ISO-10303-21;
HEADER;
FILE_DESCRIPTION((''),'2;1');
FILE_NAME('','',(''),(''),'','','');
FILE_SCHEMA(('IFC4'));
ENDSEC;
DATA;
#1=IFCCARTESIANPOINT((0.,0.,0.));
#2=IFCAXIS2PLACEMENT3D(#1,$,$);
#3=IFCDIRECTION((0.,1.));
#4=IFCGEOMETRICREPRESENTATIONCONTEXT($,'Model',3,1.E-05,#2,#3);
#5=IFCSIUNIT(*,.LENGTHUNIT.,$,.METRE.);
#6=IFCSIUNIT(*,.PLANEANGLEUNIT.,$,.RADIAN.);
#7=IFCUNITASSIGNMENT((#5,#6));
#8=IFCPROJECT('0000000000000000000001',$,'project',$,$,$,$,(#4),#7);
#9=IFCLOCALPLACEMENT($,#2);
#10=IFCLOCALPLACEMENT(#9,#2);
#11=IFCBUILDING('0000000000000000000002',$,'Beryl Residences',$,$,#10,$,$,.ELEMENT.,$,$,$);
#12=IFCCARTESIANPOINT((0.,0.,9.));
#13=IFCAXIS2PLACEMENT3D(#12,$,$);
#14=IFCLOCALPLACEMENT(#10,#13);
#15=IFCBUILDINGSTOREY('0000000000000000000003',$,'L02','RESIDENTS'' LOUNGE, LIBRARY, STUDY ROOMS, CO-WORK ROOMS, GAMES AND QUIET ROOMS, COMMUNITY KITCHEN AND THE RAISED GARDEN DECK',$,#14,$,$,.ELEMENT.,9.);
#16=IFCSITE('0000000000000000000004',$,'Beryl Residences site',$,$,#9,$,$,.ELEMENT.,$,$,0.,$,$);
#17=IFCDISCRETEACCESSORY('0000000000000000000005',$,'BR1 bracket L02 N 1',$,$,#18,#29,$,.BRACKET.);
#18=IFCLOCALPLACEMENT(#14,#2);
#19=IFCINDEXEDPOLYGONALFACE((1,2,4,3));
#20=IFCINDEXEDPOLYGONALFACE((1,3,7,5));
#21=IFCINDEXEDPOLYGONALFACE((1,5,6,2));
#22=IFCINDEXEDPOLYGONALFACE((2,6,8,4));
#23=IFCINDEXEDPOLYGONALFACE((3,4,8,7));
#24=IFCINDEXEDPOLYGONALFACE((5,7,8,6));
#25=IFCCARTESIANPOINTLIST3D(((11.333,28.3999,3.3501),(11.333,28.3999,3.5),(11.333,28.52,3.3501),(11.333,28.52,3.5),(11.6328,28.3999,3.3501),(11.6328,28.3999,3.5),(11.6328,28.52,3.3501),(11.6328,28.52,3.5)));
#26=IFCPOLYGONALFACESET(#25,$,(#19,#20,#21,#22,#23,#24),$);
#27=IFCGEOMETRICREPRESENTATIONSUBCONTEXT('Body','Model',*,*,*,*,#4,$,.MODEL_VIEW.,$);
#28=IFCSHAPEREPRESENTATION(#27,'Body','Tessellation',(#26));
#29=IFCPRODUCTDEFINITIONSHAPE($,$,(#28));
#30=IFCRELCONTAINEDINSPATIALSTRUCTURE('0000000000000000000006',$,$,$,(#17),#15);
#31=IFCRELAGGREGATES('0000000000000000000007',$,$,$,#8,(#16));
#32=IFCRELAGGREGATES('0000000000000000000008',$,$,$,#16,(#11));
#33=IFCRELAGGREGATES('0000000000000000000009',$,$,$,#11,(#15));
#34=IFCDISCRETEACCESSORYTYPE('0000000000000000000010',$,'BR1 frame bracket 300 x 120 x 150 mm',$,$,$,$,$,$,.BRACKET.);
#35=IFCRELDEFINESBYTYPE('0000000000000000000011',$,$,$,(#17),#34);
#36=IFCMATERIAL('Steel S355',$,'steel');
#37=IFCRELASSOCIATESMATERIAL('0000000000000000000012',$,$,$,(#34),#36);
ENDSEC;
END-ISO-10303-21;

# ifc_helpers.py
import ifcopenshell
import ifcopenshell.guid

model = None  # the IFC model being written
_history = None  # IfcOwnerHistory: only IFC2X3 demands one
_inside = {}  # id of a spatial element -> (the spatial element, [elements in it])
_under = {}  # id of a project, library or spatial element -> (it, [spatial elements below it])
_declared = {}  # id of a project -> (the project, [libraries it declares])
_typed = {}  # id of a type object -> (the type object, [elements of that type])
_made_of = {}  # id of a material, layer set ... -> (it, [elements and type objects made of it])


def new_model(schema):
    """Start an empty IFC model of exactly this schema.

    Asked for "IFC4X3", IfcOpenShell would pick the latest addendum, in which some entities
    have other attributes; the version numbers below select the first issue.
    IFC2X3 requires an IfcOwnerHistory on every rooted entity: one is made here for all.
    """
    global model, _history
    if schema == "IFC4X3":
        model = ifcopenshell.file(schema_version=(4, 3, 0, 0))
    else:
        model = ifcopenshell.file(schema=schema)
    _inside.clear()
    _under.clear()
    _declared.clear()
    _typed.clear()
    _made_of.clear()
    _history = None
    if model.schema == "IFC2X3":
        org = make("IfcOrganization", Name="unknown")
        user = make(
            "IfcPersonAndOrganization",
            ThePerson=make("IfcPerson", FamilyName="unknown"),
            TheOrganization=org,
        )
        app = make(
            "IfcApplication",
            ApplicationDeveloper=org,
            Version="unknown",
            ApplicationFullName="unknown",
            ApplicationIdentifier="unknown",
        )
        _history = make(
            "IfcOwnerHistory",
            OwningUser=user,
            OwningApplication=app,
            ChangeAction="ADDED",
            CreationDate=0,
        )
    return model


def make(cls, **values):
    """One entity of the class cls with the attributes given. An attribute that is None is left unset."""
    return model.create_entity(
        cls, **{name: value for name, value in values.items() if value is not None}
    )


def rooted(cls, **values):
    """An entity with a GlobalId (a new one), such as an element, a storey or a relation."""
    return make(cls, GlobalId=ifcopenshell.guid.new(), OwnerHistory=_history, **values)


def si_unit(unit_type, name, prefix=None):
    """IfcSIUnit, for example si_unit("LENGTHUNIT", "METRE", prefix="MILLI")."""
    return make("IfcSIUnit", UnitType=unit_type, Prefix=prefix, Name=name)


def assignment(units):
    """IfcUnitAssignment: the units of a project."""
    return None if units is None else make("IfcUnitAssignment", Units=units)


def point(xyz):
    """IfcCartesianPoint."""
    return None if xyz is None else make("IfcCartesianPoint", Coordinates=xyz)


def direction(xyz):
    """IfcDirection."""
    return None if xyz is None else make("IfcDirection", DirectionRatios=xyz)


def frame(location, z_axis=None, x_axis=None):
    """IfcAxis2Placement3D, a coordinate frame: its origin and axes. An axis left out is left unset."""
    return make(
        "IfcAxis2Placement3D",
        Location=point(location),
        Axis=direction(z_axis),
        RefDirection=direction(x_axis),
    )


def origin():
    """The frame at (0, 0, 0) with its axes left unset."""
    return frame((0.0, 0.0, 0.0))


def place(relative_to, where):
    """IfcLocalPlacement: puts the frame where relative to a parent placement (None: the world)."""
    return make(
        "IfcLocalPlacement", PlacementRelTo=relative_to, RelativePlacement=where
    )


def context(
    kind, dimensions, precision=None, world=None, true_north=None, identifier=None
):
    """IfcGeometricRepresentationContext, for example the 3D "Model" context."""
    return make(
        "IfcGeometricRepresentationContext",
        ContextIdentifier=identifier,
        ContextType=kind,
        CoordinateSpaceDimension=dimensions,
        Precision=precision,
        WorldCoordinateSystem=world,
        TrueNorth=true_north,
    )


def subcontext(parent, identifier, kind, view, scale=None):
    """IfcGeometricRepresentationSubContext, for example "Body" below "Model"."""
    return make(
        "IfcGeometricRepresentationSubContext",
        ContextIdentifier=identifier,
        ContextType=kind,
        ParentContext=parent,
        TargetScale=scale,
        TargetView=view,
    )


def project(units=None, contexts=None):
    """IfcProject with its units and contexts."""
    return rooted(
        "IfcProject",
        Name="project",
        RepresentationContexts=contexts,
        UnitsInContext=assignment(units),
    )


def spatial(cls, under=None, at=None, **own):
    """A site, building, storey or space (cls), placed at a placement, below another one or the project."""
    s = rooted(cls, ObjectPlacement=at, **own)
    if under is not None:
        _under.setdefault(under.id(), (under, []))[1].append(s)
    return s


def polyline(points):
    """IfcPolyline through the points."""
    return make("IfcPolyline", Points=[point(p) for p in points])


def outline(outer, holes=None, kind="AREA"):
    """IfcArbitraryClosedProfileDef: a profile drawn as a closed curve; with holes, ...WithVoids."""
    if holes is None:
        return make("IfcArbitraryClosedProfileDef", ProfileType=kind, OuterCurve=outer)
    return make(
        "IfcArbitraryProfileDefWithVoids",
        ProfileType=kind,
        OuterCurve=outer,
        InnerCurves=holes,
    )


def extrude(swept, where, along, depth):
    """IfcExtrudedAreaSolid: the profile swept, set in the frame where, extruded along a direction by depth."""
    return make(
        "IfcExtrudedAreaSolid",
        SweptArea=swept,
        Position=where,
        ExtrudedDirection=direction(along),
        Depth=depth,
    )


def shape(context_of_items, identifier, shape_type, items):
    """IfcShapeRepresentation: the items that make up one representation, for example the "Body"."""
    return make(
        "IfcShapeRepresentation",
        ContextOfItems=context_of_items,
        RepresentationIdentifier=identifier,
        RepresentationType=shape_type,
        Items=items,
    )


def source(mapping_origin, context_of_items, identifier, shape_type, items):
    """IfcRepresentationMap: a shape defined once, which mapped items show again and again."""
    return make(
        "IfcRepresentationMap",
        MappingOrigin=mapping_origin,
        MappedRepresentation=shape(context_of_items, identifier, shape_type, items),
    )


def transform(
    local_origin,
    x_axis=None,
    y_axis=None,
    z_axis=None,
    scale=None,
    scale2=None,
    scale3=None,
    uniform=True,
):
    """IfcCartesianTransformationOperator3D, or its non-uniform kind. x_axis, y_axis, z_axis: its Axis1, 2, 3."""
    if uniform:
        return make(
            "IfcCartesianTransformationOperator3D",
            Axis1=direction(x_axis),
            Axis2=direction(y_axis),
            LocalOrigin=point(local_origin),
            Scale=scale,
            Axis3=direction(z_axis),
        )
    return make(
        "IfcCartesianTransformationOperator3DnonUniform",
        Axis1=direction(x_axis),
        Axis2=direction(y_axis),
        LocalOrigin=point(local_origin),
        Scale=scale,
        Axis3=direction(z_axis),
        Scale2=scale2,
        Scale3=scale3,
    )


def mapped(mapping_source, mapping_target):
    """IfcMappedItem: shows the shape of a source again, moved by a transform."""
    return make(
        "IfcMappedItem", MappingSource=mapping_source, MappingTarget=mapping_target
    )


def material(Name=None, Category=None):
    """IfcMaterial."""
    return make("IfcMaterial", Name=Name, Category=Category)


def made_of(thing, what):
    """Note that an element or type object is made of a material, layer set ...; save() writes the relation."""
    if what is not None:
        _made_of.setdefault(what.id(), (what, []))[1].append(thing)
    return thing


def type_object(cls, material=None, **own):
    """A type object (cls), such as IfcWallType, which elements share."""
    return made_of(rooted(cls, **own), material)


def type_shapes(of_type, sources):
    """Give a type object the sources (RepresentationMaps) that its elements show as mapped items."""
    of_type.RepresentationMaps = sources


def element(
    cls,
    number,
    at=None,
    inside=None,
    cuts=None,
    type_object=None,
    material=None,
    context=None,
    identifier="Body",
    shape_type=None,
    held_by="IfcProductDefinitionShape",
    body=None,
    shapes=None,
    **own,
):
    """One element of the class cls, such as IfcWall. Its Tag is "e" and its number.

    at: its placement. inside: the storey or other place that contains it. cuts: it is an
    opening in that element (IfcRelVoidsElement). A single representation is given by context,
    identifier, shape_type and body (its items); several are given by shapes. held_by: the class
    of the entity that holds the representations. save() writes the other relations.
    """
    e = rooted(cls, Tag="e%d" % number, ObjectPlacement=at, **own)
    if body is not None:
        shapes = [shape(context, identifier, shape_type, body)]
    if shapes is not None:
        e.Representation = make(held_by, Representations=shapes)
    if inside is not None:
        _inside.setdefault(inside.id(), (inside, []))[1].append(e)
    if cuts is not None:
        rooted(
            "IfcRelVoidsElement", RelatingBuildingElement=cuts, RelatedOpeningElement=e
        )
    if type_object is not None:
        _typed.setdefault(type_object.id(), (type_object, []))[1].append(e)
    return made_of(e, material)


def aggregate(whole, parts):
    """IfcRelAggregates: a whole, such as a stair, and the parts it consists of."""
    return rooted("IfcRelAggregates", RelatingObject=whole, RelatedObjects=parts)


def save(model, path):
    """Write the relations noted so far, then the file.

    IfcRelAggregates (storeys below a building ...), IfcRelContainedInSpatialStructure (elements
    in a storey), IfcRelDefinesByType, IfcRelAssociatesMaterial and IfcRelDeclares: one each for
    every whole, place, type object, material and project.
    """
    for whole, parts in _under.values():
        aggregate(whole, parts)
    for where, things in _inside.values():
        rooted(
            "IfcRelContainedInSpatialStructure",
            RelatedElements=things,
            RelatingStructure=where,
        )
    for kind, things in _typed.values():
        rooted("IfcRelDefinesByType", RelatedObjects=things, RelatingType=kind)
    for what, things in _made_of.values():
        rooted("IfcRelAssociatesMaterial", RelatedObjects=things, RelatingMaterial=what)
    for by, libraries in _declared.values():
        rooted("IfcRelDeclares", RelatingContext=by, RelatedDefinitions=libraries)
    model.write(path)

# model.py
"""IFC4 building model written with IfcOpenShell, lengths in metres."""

from ifc_helpers import new_model, si_unit, direction, frame, origin, place, context, subcontext, project, spatial, polyline, outline, extrude, source, transform, mapped, material, type_object, type_shapes, element, save


model = new_model("IFC4")

# Units and contexts
model_context = context("Model", 3, precision=1e-05, world=origin(), true_north=direction((0.0, 1.0)))
body_context = subcontext(model_context, "Body", "Model", "MODEL_VIEW")
ifc_project = project(units=[si_unit("LENGTHUNIT", "METRE"), si_unit("PLANEANGLEUNIT", "RADIAN")], contexts=[model_context])

# Site, building, storey
site_placement = place(None, origin())
site = spatial("IfcSite", under=ifc_project, at=site_placement, Name="Beryl Residences site", CompositionType="ELEMENT", RefElevation=0.0)
building_placement = place(site_placement, origin())
building = spatial("IfcBuilding", under=site, at=building_placement, Name="Beryl Residences", CompositionType="ELEMENT")
storey_placement = place(building_placement, frame((0.0, 0.0, 9.0)))
storey = spatial("IfcBuildingStorey", under=building, at=storey_placement, Name="L02", Description="RESIDENTS' LOUNGE, LIBRARY, STUDY ROOMS, CO-WORK ROOMS, GAMES AND QUIET ROOMS, COMMUNITY KITCHEN AND THE RAISED GARDEN DECK", CompositionType="ELEMENT", Elevation=9.0)

# Discrete accessory
ifc_material_1 = material(Name="Steel S355", Category="steel")
discrete_accessory_type = type_object("IfcDiscreteAccessoryType", Name="BR1 frame bracket 300 x 120 x 150 mm", PredefinedType="BRACKET", material=ifc_material_1)
shared_shape_1 = source(origin(), body_context, "Body", "SweptSolid", [
    extrude(outline(polyline([(-0.1499, 0.0), (0.1499, 0.0), (0.1499, 0.1201), (-0.1499, 0.1201), (-0.1499, 0.0)])), origin(), (0.0, 0.0, 1.0), 0.1499),
])
type_shapes(discrete_accessory_type, [shared_shape_1])
discrete_accessory_placement = place(storey_placement, frame((11.4829, 28.3999, 3.3501), z_axis=(0.0, 0.0, 1.0), x_axis=(1.0, 0.0, 0.0)))
element("IfcDiscreteAccessory", 1, at=discrete_accessory_placement, inside=storey, type_object=discrete_accessory_type, Name="BR1 bracket L02 N 1", PredefinedType="BRACKET", context=body_context, shape_type="MappedRepresentation", body=[
    mapped(shared_shape_1, transform((0.0, 0.0, 0.0))),
])

save(model, "model.ifc")
